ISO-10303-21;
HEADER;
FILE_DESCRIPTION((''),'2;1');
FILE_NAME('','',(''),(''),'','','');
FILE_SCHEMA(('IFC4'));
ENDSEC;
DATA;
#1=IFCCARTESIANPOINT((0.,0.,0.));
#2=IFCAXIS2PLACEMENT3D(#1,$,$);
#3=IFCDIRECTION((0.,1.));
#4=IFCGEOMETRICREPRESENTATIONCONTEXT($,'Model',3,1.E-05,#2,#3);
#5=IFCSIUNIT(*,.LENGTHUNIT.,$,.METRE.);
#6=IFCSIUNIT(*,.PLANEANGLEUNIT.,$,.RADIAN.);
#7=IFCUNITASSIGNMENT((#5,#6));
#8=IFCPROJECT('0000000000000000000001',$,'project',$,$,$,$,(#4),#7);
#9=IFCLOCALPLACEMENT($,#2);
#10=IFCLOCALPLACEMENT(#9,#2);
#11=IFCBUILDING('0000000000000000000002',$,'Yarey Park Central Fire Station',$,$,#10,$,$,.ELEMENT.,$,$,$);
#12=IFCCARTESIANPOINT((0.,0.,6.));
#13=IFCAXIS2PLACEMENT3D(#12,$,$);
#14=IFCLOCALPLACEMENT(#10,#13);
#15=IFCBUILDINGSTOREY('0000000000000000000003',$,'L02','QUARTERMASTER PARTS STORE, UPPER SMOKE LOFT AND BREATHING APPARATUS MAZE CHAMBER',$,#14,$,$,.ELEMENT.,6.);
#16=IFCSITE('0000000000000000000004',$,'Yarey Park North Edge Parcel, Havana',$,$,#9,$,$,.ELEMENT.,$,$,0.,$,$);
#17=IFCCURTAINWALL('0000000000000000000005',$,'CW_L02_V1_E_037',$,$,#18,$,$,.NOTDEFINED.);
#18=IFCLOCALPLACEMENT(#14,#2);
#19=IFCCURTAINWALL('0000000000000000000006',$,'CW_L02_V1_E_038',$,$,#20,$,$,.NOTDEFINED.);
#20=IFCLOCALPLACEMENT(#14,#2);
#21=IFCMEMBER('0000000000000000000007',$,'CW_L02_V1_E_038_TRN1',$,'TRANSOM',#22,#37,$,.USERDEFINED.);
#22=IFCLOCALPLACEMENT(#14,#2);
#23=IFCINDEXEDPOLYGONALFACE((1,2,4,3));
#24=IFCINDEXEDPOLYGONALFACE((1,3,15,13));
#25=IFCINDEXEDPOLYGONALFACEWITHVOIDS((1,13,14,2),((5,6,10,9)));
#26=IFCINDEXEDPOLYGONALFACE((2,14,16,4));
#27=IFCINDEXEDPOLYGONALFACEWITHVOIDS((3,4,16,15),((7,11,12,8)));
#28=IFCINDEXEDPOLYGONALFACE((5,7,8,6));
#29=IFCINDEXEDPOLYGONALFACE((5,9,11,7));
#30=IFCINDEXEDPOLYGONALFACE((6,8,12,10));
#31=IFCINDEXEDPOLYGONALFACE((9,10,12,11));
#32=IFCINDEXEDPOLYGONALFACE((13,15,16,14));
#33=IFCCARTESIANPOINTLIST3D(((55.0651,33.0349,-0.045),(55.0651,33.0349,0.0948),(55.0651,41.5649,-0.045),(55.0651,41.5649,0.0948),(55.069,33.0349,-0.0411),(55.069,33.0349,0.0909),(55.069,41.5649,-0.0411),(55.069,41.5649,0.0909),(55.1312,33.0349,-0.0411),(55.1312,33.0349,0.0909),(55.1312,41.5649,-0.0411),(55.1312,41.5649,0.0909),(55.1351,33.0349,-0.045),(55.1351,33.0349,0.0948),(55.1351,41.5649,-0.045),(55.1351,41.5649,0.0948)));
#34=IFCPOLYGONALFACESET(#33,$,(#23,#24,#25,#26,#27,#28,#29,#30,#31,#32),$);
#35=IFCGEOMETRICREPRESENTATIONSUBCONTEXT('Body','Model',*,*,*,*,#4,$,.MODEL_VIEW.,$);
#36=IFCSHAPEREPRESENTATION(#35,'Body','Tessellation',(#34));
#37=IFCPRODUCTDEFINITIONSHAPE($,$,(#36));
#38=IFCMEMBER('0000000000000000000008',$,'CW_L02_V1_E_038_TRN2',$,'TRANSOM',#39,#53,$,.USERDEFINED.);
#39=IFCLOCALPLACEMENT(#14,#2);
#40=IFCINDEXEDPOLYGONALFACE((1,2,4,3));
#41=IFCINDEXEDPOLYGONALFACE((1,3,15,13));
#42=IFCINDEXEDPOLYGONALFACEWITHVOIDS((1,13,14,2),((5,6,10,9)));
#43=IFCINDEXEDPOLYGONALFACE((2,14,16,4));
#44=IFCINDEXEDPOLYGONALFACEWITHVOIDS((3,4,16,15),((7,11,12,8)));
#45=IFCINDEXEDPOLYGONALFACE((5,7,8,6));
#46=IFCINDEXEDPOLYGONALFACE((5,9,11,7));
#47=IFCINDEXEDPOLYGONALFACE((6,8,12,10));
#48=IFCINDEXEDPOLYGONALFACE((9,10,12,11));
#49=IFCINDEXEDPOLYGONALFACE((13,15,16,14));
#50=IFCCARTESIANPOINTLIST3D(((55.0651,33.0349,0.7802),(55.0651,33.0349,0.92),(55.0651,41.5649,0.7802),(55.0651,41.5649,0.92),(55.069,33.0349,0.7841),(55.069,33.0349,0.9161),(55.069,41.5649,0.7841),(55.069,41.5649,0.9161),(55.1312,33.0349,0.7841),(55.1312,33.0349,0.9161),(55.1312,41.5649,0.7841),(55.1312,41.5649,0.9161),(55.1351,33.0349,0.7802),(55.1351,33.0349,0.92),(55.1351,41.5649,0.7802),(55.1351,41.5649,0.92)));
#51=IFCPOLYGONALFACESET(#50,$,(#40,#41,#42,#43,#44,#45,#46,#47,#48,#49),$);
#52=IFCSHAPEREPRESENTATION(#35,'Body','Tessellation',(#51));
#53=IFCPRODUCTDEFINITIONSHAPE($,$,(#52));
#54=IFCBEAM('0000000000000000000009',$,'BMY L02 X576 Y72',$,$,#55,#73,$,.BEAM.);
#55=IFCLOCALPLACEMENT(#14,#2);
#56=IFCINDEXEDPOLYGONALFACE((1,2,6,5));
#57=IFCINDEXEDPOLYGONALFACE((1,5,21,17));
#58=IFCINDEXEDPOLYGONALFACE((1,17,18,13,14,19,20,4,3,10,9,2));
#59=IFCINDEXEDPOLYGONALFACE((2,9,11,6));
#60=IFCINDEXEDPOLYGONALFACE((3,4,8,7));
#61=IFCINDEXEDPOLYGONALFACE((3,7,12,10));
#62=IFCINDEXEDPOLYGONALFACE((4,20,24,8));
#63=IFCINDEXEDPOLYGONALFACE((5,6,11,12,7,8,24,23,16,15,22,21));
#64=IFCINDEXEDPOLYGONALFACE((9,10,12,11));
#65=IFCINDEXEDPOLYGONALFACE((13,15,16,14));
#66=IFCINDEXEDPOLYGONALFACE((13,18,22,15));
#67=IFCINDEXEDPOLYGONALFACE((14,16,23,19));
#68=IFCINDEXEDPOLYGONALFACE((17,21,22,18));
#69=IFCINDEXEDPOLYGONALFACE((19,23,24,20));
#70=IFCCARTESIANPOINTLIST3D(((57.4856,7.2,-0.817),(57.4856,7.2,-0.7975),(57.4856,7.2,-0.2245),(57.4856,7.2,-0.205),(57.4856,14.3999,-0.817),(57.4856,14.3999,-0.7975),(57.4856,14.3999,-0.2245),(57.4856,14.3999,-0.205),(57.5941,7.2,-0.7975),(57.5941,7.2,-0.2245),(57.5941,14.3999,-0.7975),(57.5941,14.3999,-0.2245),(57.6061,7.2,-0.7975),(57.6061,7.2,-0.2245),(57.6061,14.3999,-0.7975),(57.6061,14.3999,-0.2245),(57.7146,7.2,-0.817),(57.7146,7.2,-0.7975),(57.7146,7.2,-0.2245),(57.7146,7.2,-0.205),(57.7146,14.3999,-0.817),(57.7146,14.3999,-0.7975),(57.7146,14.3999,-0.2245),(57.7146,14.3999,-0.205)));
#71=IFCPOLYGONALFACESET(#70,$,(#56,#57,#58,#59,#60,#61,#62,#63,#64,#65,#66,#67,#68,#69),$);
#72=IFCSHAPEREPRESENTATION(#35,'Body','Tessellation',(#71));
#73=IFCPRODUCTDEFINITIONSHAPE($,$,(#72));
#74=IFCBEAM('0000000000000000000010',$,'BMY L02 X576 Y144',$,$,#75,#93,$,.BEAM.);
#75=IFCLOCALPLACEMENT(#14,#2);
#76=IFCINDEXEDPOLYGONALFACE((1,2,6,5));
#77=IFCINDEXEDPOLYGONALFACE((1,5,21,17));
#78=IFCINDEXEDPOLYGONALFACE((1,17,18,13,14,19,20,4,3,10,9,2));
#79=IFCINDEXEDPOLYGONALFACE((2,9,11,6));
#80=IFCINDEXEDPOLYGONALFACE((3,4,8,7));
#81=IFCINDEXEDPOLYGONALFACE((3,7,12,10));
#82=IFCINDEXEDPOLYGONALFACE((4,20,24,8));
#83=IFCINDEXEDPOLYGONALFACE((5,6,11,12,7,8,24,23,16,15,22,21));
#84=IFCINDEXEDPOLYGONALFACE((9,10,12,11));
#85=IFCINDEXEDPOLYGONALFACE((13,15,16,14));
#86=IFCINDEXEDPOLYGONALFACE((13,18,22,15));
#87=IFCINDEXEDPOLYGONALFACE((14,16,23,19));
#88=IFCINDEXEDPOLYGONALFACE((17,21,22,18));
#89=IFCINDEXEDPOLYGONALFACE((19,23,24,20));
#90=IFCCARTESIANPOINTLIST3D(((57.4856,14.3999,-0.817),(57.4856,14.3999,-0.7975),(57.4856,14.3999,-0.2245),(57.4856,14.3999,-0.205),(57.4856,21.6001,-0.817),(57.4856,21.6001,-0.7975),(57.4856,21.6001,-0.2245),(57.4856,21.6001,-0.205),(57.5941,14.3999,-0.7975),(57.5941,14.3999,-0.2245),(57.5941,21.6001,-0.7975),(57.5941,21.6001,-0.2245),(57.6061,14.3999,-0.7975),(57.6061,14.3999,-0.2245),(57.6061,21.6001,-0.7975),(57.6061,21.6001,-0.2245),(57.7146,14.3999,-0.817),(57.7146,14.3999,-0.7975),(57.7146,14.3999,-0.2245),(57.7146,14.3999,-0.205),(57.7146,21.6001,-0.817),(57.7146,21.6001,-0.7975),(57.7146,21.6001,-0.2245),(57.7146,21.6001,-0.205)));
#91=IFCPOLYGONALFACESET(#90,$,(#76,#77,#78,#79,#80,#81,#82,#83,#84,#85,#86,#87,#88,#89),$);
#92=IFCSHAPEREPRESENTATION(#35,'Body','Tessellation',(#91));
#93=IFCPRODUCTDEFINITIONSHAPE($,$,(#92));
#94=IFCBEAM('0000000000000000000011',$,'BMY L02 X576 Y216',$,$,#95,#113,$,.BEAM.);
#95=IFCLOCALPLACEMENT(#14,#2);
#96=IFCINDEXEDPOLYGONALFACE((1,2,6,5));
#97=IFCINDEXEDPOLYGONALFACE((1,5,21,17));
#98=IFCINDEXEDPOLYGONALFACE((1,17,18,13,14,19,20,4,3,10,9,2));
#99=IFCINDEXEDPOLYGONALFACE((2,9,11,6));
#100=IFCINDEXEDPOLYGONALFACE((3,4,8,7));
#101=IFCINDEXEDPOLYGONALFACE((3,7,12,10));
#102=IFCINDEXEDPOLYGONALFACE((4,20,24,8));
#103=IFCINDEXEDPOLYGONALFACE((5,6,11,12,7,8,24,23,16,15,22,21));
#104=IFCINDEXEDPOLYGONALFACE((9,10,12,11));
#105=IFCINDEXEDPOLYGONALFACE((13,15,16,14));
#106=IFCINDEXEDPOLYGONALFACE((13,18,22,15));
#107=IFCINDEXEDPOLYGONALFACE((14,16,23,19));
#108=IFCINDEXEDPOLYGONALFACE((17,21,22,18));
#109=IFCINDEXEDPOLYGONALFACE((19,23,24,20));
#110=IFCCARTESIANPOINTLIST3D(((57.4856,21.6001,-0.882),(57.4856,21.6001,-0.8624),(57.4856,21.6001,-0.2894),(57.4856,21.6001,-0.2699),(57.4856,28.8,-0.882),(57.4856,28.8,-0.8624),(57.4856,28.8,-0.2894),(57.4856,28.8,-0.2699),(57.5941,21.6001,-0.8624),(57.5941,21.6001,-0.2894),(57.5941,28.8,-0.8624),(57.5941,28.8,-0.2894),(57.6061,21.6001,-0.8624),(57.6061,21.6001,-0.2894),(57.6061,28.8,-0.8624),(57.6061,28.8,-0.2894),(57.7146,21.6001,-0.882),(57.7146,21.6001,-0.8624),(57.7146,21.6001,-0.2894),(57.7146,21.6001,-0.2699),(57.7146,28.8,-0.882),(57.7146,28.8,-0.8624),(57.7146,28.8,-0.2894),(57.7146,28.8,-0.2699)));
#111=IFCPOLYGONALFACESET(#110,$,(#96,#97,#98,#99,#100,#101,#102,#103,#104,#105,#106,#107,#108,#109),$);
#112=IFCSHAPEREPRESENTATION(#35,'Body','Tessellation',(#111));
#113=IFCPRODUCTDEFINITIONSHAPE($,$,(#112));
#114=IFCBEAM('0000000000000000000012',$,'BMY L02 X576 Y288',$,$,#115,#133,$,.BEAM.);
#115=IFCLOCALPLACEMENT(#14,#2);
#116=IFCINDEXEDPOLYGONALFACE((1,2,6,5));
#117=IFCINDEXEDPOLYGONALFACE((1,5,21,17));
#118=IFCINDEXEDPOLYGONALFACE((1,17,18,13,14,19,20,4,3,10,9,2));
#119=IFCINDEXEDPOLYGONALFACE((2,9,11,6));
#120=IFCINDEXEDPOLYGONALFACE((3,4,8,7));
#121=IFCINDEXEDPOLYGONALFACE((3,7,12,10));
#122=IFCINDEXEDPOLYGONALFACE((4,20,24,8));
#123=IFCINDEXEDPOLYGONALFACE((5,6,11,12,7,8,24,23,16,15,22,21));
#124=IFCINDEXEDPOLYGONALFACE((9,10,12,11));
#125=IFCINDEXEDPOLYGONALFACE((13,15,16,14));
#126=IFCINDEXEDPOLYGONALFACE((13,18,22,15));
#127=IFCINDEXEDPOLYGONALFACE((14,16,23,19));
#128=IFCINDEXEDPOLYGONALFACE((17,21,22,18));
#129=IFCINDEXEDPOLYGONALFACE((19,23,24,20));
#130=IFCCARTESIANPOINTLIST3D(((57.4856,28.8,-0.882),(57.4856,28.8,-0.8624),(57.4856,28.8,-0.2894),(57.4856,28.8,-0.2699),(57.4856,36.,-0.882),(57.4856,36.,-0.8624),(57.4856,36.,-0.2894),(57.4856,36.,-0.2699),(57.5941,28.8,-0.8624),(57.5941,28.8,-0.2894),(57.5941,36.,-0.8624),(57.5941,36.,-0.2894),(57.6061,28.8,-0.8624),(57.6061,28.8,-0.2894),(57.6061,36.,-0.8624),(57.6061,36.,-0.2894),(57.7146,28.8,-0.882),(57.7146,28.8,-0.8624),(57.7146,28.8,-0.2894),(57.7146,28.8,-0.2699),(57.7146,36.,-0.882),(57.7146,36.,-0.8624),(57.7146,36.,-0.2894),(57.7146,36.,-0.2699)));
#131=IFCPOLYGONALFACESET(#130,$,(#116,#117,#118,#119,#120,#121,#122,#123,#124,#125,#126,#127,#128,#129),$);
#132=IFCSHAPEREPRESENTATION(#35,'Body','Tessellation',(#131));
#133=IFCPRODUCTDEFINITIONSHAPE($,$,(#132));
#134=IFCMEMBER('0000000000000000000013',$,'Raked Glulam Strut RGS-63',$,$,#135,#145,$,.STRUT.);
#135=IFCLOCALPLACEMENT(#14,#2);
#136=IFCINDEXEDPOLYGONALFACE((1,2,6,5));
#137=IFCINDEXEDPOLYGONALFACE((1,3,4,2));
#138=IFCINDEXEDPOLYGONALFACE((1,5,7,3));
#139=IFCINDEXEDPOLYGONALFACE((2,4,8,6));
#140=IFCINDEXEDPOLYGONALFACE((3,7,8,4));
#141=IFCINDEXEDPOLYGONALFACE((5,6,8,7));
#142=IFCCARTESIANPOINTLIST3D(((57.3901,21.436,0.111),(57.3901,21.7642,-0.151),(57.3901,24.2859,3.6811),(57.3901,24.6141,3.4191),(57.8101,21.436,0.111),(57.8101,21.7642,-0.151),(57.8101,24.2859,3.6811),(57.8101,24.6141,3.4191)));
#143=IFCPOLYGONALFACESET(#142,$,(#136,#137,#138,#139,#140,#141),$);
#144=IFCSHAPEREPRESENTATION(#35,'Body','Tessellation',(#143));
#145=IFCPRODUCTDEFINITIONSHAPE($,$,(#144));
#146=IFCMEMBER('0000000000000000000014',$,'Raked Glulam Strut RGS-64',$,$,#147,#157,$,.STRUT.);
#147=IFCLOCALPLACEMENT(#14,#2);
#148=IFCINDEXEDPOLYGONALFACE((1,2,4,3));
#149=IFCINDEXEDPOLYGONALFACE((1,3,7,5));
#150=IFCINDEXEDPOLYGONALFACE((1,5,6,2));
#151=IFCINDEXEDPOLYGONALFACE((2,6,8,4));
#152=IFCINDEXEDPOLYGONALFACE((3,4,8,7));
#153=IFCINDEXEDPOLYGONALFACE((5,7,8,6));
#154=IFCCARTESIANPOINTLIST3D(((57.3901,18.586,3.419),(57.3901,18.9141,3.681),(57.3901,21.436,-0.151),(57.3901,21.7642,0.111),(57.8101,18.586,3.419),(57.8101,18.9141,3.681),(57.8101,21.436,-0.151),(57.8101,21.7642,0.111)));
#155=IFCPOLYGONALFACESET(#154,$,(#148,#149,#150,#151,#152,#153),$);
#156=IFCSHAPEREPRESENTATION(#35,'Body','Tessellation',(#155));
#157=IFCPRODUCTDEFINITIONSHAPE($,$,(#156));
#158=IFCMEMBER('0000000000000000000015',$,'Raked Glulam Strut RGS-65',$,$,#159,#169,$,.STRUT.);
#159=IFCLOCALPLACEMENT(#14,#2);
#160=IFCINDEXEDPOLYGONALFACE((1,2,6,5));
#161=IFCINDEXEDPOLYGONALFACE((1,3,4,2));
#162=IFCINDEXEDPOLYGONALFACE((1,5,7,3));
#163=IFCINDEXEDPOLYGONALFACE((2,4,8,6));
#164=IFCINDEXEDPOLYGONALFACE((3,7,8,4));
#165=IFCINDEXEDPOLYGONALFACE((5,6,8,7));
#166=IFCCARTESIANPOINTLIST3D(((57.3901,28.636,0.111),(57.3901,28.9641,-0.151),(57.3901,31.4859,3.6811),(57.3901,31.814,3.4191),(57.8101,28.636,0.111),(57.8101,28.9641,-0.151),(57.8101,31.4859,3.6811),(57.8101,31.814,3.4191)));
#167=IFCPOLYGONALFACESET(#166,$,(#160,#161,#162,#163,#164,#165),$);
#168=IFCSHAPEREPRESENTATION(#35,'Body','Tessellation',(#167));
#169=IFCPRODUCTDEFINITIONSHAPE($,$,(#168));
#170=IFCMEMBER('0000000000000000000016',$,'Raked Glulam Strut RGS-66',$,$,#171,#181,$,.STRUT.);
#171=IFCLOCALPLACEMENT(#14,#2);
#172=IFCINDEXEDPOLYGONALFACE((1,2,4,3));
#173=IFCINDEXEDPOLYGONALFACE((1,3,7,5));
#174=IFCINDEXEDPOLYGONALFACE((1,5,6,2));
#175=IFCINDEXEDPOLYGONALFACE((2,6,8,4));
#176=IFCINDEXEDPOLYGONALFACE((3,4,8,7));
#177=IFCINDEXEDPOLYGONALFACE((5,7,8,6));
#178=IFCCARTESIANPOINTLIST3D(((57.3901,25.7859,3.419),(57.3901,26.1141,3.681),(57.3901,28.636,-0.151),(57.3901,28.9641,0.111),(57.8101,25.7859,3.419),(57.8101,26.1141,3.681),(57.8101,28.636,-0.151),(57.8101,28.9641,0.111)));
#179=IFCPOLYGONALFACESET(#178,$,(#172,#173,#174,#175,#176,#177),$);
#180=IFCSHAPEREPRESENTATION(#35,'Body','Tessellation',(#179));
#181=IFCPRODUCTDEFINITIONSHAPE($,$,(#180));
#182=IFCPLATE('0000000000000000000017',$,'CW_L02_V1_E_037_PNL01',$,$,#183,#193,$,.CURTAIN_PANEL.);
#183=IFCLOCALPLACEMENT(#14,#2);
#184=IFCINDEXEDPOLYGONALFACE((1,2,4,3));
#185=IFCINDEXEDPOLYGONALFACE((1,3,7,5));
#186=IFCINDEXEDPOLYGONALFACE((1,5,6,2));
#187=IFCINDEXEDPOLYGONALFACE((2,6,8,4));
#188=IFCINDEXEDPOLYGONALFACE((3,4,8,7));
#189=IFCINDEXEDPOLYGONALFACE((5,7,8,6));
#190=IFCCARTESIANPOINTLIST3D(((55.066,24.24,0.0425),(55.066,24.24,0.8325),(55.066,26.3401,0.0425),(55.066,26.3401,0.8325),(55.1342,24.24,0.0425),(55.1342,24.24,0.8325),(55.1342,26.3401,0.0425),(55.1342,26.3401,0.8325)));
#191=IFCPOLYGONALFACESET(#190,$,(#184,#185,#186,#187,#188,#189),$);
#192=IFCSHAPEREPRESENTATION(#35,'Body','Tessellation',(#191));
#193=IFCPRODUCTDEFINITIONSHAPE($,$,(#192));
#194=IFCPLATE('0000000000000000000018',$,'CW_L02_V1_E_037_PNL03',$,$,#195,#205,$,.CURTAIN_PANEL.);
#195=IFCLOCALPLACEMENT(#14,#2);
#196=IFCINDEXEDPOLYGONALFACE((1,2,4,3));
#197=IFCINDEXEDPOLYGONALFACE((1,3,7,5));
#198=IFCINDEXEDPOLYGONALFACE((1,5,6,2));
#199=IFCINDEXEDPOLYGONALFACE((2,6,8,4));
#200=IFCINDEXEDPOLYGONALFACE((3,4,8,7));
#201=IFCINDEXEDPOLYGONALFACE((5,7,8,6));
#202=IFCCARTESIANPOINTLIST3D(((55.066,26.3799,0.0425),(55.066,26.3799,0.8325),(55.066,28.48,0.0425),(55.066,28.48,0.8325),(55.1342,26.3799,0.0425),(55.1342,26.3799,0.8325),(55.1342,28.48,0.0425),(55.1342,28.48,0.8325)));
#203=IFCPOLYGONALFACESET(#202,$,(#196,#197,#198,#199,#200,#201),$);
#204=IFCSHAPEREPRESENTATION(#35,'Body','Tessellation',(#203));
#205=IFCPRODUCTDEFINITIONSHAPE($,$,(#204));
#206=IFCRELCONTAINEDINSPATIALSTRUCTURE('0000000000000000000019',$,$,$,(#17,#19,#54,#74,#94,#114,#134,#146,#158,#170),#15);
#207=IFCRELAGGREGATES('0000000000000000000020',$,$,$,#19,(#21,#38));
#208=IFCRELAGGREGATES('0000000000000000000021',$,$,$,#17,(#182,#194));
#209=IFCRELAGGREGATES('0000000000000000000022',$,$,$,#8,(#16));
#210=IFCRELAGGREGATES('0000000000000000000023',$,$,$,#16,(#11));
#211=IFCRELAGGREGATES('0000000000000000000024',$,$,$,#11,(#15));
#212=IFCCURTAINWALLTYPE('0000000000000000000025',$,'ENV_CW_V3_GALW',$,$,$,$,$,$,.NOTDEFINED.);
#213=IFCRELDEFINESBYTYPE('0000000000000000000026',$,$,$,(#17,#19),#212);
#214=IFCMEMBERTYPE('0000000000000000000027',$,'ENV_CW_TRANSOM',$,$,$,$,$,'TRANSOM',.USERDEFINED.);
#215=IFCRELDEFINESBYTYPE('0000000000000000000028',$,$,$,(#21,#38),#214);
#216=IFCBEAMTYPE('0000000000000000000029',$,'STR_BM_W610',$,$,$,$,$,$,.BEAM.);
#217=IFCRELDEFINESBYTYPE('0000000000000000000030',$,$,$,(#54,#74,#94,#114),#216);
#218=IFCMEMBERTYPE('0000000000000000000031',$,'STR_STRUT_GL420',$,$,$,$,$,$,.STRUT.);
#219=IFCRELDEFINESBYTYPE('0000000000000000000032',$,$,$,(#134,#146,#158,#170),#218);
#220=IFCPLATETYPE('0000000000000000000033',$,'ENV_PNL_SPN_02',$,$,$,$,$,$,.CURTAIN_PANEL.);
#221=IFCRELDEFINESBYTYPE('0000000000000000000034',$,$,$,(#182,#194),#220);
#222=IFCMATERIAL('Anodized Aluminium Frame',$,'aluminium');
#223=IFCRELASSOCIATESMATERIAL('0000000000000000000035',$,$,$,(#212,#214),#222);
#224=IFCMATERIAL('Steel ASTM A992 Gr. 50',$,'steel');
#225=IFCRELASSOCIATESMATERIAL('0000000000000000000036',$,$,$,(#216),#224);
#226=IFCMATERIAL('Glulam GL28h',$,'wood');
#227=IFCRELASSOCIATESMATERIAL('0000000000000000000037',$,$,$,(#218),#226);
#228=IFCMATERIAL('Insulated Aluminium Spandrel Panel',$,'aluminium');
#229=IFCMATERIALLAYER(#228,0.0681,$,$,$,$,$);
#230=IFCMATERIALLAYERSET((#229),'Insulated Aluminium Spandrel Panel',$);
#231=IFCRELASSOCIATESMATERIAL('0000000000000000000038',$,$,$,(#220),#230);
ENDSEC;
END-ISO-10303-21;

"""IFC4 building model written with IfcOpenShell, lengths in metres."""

from ifc_helpers import new_model, si_unit, direction, frame, origin, origin_2d, place, context, subcontext, project, spatial, rectangle, hollow_rectangle, i_section, extrude, material, layer, layer_set, material_profile, profile_set, type_object, element, aggregate, save


model = new_model("IFC4")

# Units and contexts
model_context = context("Model", 3, precision=1e-05, world=origin(), true_north=direction((0.0, 1.0)))
body_context = subcontext(model_context, "Body", "Model", "MODEL_VIEW")
ifc_project = project(units=[si_unit("LENGTHUNIT", "METRE"), si_unit("PLANEANGLEUNIT", "RADIAN")], contexts=[model_context])

# Site, building, storey
site_placement = place(None, origin())
site = spatial("IfcSite", under=ifc_project, at=site_placement, Name="Yarey Park North Edge Parcel, Havana", CompositionType="ELEMENT", RefElevation=0.0)
building_placement = place(site_placement, origin())
building = spatial("IfcBuilding", under=site, at=building_placement, Name="Yarey Park Central Fire Station", CompositionType="ELEMENT")
storey_placement = place(building_placement, frame((0.0, 0.0, 6.0)))
storey = spatial("IfcBuildingStorey", under=building, at=storey_placement, Name="L02", Description="QUARTERMASTER PARTS STORE, UPPER SMOKE LOFT AND BREATHING APPARATUS MAZE CHAMBER", CompositionType="ELEMENT", Elevation=6.0)

# Shared definitions
ifc_material_1 = material(Name="Steel ASTM A992 Gr. 50", Category="steel")

# Curtain walls, members
ifc_material_2 = material(Name="Anodized Aluminium Frame", Category="aluminium")
curtain_wall_type = type_object("IfcCurtainWallType", Name="ENV_CW_V3_GALW", PredefinedType="NOTDEFINED", material=ifc_material_2)
curtain_wall_1_placement = place(storey_placement, origin())
curtain_wall_1 = element("IfcCurtainWall", 1, at=curtain_wall_1_placement, inside=storey, type_object=curtain_wall_type, Name="CW_L02_V1_E_037", PredefinedType="NOTDEFINED")
ifc_material_profile_1 = material_profile(ifc_material_2, hollow_rectangle(XDim=0.0701, YDim=0.1399, WallThickness=0.0039, at=origin_2d()), Name="ALU 140x70x4")
ifc_profile_set_1 = profile_set([ifc_material_profile_1], Name="Anodized Aluminium Frame")
member_type_1 = type_object("IfcMemberType", Name="ENV_CW_TRANSOM", ElementType="TRANSOM", PredefinedType="USERDEFINED", material=ifc_profile_set_1)
curtain_wall_2_placement = place(storey_placement, origin())
curtain_wall_2 = element("IfcCurtainWall", 2, at=curtain_wall_2_placement, inside=storey, type_object=curtain_wall_type, Name="CW_L02_V1_E_038", PredefinedType="NOTDEFINED")
member_1_placement = place(storey_placement, frame((55.1001, 33.0349, 0.0249), z_axis=(0.0, 1.0, 0.0), x_axis=(-1.0, 0.0, 0.0)))
member_1 = element("IfcMember", 3, at=member_1_placement, type_object=member_type_1, Name="CW_L02_V1_E_038_TRN1", ObjectType="TRANSOM", PredefinedType="USERDEFINED", context=body_context, shape_type="SweptSolid", body=[
    extrude(hollow_rectangle(XDim=0.0701, YDim=0.1399, WallThickness=0.0039, at=origin_2d()), origin(), (0.0, 0.0, 1.0), 8.53),
])
member_2_placement = place(storey_placement, frame((55.1001, 33.0349, 0.8501), z_axis=(0.0, 1.0, 0.0), x_axis=(-1.0, 0.0, 0.0)))
member_2 = element("IfcMember", 4, at=member_2_placement, type_object=member_type_1, Name="CW_L02_V1_E_038_TRN2", ObjectType="TRANSOM", PredefinedType="USERDEFINED", context=body_context, shape_type="SweptSolid", body=[
    extrude(hollow_rectangle(XDim=0.0701, YDim=0.1399, WallThickness=0.0039, at=origin_2d()), origin(), (0.0, 0.0, 1.0), 8.53),
])
aggregate(curtain_wall_2, [member_1, member_2])

# Beams
ifc_material_profile_2 = material_profile(ifc_material_1, i_section(OverallWidth=0.229, OverallDepth=0.6121, WebThickness=0.012, FlangeThickness=0.0195, at=origin_2d()), Name="W610x125")
ifc_profile_set_2 = profile_set([ifc_material_profile_2], Name="Steel ASTM A992 Gr. 50")
beam_type = type_object("IfcBeamType", Name="STR_BM_W610", PredefinedType="BEAM", material=ifc_profile_set_2)
beam_1_placement = place(storey_placement, frame((57.6001, 7.2, -0.511), z_axis=(0.0, 1.0, 0.0), x_axis=(-1.0, 0.0, 0.0)))
element("IfcBeam", 5, at=beam_1_placement, inside=storey, type_object=beam_type, Name="BMY L02 X576 Y72", PredefinedType="BEAM", context=body_context, shape_type="SweptSolid", body=[
    extrude(i_section(OverallWidth=0.229, OverallDepth=0.6121, WebThickness=0.012, FlangeThickness=0.0195, at=origin_2d()), origin(), (0.0, 0.0, 1.0), 7.2),
])
beam_2_placement = place(storey_placement, frame((57.6001, 14.3999, -0.511), z_axis=(0.0, 1.0, 0.0), x_axis=(-1.0, 0.0, 0.0)))
element("IfcBeam", 6, at=beam_2_placement, inside=storey, type_object=beam_type, Name="BMY L02 X576 Y144", PredefinedType="BEAM", context=body_context, shape_type="SweptSolid", body=[
    extrude(i_section(OverallWidth=0.229, OverallDepth=0.6121, WebThickness=0.012, FlangeThickness=0.0195, at=origin_2d()), origin(), (0.0, 0.0, 1.0), 7.2002),
])
for number, where, z_axis, x_axis, name in (
    (7, (57.6001, 21.6001, -0.5759), (0.0, 1.0, 0.0), (-1.0, 0.0, 0.0), "BMY L02 X576 Y216"),
    (8, (57.6001, 28.8, -0.5759), (0.0, 1.0, 0.0), (-1.0, 0.0, 0.0), "BMY L02 X576 Y288"),
):
    element("IfcBeam", number, at=place(storey_placement, frame(where, z_axis=z_axis, x_axis=x_axis)), inside=storey, type_object=beam_type, Name=name, PredefinedType="BEAM", context=body_context, shape_type="SweptSolid", body=[
        extrude(i_section(OverallWidth=0.229, OverallDepth=0.6121, WebThickness=0.012, FlangeThickness=0.0195, at=origin_2d()), origin(), (0.0, 0.0, 1.0), 7.2),
    ])

# Members
ifc_material_3 = material(Name="Glulam GL28h", Category="wood")
ifc_material_profile_3 = material_profile(ifc_material_3, rectangle(XDim=0.4199, YDim=0.4199, at=origin_2d()), Name="GL 420x420")
ifc_profile_set_3 = profile_set([ifc_material_profile_3], Name="Glulam GL28h")
member_type_2 = type_object("IfcMemberType", Name="STR_STRUT_GL420", PredefinedType="STRUT", material=ifc_profile_set_3)
for number, where, z_axis, x_axis, name in (
    (9, (57.6001, 21.6001, -0.02), (0.0, 0.623867, 0.781531), (-1.0, 0.0, 0.0), "Raked Glulam Strut RGS-63"),
    (10, (57.6001, 21.6001, -0.02), (0.0, -0.6239, 0.781505), (1.0, 0.0, 0.0), "Raked Glulam Strut RGS-64"),
    (11, (57.6001, 28.8, -0.02), (0.0, 0.623867, 0.781531), (-1.0, 0.0, 0.0), "Raked Glulam Strut RGS-65"),
    (12, (57.6001, 28.8, -0.02), (0.0, -0.6239, 0.781505), (1.0, 0.0, 0.0), "Raked Glulam Strut RGS-66"),
):
    element("IfcMember", number, at=place(storey_placement, frame(where, z_axis=z_axis, x_axis=x_axis)), inside=storey, type_object=member_type_2, Name=name, PredefinedType="STRUT", context=body_context, shape_type="SweptSolid", body=[
        extrude(rectangle(XDim=0.4199, YDim=0.4199, at=origin_2d()), origin(), (0.0, 0.0, 1.0), 4.5681),
    ])

# Plates
ifc_material_4 = material(Name="Insulated Aluminium Spandrel Panel", Category="aluminium")
ifc_layer_1 = layer(ifc_material_4, 0.0681)
ifc_layer_set_1 = layer_set([ifc_layer_1], Name="Insulated Aluminium Spandrel Panel")
plate_type_1 = type_object("IfcPlateType", Name="ENV_PNL_SPN_02", PredefinedType="CURTAIN_PANEL", material=ifc_layer_set_1)
plate_1_placement = place(storey_placement, frame((55.1001, 25.29, 0.0425), z_axis=(0.0, 0.0, 1.0), x_axis=(0.0, 1.0, 0.0)))
plate_1 = element("IfcPlate", 13, at=plate_1_placement, type_object=plate_type_1, Name="CW_L02_V1_E_037_PNL01", PredefinedType="CURTAIN_PANEL", context=body_context, shape_type="SweptSolid", body=[
    extrude(rectangle(XDim=2.1001, YDim=0.0681, at=origin_2d()), origin(), (0.0, 0.0, 1.0), 0.79),
])
plate_2_placement = place(storey_placement, frame((55.1001, 27.4299, 0.0425), z_axis=(0.0, 0.0, 1.0), x_axis=(0.0, 1.0, 0.0)))
plate_2 = element("IfcPlate", 14, at=plate_2_placement, type_object=plate_type_1, Name="CW_L02_V1_E_037_PNL03", PredefinedType="CURTAIN_PANEL", context=body_context, shape_type="SweptSolid", body=[
    extrude(rectangle(XDim=2.1001, YDim=0.0681, at=origin_2d()), origin(), (0.0, 0.0, 1.0), 0.79),
])
aggregate(curtain_wall_1, [plate_1, plate_2])

save(model, "model.ifc")
